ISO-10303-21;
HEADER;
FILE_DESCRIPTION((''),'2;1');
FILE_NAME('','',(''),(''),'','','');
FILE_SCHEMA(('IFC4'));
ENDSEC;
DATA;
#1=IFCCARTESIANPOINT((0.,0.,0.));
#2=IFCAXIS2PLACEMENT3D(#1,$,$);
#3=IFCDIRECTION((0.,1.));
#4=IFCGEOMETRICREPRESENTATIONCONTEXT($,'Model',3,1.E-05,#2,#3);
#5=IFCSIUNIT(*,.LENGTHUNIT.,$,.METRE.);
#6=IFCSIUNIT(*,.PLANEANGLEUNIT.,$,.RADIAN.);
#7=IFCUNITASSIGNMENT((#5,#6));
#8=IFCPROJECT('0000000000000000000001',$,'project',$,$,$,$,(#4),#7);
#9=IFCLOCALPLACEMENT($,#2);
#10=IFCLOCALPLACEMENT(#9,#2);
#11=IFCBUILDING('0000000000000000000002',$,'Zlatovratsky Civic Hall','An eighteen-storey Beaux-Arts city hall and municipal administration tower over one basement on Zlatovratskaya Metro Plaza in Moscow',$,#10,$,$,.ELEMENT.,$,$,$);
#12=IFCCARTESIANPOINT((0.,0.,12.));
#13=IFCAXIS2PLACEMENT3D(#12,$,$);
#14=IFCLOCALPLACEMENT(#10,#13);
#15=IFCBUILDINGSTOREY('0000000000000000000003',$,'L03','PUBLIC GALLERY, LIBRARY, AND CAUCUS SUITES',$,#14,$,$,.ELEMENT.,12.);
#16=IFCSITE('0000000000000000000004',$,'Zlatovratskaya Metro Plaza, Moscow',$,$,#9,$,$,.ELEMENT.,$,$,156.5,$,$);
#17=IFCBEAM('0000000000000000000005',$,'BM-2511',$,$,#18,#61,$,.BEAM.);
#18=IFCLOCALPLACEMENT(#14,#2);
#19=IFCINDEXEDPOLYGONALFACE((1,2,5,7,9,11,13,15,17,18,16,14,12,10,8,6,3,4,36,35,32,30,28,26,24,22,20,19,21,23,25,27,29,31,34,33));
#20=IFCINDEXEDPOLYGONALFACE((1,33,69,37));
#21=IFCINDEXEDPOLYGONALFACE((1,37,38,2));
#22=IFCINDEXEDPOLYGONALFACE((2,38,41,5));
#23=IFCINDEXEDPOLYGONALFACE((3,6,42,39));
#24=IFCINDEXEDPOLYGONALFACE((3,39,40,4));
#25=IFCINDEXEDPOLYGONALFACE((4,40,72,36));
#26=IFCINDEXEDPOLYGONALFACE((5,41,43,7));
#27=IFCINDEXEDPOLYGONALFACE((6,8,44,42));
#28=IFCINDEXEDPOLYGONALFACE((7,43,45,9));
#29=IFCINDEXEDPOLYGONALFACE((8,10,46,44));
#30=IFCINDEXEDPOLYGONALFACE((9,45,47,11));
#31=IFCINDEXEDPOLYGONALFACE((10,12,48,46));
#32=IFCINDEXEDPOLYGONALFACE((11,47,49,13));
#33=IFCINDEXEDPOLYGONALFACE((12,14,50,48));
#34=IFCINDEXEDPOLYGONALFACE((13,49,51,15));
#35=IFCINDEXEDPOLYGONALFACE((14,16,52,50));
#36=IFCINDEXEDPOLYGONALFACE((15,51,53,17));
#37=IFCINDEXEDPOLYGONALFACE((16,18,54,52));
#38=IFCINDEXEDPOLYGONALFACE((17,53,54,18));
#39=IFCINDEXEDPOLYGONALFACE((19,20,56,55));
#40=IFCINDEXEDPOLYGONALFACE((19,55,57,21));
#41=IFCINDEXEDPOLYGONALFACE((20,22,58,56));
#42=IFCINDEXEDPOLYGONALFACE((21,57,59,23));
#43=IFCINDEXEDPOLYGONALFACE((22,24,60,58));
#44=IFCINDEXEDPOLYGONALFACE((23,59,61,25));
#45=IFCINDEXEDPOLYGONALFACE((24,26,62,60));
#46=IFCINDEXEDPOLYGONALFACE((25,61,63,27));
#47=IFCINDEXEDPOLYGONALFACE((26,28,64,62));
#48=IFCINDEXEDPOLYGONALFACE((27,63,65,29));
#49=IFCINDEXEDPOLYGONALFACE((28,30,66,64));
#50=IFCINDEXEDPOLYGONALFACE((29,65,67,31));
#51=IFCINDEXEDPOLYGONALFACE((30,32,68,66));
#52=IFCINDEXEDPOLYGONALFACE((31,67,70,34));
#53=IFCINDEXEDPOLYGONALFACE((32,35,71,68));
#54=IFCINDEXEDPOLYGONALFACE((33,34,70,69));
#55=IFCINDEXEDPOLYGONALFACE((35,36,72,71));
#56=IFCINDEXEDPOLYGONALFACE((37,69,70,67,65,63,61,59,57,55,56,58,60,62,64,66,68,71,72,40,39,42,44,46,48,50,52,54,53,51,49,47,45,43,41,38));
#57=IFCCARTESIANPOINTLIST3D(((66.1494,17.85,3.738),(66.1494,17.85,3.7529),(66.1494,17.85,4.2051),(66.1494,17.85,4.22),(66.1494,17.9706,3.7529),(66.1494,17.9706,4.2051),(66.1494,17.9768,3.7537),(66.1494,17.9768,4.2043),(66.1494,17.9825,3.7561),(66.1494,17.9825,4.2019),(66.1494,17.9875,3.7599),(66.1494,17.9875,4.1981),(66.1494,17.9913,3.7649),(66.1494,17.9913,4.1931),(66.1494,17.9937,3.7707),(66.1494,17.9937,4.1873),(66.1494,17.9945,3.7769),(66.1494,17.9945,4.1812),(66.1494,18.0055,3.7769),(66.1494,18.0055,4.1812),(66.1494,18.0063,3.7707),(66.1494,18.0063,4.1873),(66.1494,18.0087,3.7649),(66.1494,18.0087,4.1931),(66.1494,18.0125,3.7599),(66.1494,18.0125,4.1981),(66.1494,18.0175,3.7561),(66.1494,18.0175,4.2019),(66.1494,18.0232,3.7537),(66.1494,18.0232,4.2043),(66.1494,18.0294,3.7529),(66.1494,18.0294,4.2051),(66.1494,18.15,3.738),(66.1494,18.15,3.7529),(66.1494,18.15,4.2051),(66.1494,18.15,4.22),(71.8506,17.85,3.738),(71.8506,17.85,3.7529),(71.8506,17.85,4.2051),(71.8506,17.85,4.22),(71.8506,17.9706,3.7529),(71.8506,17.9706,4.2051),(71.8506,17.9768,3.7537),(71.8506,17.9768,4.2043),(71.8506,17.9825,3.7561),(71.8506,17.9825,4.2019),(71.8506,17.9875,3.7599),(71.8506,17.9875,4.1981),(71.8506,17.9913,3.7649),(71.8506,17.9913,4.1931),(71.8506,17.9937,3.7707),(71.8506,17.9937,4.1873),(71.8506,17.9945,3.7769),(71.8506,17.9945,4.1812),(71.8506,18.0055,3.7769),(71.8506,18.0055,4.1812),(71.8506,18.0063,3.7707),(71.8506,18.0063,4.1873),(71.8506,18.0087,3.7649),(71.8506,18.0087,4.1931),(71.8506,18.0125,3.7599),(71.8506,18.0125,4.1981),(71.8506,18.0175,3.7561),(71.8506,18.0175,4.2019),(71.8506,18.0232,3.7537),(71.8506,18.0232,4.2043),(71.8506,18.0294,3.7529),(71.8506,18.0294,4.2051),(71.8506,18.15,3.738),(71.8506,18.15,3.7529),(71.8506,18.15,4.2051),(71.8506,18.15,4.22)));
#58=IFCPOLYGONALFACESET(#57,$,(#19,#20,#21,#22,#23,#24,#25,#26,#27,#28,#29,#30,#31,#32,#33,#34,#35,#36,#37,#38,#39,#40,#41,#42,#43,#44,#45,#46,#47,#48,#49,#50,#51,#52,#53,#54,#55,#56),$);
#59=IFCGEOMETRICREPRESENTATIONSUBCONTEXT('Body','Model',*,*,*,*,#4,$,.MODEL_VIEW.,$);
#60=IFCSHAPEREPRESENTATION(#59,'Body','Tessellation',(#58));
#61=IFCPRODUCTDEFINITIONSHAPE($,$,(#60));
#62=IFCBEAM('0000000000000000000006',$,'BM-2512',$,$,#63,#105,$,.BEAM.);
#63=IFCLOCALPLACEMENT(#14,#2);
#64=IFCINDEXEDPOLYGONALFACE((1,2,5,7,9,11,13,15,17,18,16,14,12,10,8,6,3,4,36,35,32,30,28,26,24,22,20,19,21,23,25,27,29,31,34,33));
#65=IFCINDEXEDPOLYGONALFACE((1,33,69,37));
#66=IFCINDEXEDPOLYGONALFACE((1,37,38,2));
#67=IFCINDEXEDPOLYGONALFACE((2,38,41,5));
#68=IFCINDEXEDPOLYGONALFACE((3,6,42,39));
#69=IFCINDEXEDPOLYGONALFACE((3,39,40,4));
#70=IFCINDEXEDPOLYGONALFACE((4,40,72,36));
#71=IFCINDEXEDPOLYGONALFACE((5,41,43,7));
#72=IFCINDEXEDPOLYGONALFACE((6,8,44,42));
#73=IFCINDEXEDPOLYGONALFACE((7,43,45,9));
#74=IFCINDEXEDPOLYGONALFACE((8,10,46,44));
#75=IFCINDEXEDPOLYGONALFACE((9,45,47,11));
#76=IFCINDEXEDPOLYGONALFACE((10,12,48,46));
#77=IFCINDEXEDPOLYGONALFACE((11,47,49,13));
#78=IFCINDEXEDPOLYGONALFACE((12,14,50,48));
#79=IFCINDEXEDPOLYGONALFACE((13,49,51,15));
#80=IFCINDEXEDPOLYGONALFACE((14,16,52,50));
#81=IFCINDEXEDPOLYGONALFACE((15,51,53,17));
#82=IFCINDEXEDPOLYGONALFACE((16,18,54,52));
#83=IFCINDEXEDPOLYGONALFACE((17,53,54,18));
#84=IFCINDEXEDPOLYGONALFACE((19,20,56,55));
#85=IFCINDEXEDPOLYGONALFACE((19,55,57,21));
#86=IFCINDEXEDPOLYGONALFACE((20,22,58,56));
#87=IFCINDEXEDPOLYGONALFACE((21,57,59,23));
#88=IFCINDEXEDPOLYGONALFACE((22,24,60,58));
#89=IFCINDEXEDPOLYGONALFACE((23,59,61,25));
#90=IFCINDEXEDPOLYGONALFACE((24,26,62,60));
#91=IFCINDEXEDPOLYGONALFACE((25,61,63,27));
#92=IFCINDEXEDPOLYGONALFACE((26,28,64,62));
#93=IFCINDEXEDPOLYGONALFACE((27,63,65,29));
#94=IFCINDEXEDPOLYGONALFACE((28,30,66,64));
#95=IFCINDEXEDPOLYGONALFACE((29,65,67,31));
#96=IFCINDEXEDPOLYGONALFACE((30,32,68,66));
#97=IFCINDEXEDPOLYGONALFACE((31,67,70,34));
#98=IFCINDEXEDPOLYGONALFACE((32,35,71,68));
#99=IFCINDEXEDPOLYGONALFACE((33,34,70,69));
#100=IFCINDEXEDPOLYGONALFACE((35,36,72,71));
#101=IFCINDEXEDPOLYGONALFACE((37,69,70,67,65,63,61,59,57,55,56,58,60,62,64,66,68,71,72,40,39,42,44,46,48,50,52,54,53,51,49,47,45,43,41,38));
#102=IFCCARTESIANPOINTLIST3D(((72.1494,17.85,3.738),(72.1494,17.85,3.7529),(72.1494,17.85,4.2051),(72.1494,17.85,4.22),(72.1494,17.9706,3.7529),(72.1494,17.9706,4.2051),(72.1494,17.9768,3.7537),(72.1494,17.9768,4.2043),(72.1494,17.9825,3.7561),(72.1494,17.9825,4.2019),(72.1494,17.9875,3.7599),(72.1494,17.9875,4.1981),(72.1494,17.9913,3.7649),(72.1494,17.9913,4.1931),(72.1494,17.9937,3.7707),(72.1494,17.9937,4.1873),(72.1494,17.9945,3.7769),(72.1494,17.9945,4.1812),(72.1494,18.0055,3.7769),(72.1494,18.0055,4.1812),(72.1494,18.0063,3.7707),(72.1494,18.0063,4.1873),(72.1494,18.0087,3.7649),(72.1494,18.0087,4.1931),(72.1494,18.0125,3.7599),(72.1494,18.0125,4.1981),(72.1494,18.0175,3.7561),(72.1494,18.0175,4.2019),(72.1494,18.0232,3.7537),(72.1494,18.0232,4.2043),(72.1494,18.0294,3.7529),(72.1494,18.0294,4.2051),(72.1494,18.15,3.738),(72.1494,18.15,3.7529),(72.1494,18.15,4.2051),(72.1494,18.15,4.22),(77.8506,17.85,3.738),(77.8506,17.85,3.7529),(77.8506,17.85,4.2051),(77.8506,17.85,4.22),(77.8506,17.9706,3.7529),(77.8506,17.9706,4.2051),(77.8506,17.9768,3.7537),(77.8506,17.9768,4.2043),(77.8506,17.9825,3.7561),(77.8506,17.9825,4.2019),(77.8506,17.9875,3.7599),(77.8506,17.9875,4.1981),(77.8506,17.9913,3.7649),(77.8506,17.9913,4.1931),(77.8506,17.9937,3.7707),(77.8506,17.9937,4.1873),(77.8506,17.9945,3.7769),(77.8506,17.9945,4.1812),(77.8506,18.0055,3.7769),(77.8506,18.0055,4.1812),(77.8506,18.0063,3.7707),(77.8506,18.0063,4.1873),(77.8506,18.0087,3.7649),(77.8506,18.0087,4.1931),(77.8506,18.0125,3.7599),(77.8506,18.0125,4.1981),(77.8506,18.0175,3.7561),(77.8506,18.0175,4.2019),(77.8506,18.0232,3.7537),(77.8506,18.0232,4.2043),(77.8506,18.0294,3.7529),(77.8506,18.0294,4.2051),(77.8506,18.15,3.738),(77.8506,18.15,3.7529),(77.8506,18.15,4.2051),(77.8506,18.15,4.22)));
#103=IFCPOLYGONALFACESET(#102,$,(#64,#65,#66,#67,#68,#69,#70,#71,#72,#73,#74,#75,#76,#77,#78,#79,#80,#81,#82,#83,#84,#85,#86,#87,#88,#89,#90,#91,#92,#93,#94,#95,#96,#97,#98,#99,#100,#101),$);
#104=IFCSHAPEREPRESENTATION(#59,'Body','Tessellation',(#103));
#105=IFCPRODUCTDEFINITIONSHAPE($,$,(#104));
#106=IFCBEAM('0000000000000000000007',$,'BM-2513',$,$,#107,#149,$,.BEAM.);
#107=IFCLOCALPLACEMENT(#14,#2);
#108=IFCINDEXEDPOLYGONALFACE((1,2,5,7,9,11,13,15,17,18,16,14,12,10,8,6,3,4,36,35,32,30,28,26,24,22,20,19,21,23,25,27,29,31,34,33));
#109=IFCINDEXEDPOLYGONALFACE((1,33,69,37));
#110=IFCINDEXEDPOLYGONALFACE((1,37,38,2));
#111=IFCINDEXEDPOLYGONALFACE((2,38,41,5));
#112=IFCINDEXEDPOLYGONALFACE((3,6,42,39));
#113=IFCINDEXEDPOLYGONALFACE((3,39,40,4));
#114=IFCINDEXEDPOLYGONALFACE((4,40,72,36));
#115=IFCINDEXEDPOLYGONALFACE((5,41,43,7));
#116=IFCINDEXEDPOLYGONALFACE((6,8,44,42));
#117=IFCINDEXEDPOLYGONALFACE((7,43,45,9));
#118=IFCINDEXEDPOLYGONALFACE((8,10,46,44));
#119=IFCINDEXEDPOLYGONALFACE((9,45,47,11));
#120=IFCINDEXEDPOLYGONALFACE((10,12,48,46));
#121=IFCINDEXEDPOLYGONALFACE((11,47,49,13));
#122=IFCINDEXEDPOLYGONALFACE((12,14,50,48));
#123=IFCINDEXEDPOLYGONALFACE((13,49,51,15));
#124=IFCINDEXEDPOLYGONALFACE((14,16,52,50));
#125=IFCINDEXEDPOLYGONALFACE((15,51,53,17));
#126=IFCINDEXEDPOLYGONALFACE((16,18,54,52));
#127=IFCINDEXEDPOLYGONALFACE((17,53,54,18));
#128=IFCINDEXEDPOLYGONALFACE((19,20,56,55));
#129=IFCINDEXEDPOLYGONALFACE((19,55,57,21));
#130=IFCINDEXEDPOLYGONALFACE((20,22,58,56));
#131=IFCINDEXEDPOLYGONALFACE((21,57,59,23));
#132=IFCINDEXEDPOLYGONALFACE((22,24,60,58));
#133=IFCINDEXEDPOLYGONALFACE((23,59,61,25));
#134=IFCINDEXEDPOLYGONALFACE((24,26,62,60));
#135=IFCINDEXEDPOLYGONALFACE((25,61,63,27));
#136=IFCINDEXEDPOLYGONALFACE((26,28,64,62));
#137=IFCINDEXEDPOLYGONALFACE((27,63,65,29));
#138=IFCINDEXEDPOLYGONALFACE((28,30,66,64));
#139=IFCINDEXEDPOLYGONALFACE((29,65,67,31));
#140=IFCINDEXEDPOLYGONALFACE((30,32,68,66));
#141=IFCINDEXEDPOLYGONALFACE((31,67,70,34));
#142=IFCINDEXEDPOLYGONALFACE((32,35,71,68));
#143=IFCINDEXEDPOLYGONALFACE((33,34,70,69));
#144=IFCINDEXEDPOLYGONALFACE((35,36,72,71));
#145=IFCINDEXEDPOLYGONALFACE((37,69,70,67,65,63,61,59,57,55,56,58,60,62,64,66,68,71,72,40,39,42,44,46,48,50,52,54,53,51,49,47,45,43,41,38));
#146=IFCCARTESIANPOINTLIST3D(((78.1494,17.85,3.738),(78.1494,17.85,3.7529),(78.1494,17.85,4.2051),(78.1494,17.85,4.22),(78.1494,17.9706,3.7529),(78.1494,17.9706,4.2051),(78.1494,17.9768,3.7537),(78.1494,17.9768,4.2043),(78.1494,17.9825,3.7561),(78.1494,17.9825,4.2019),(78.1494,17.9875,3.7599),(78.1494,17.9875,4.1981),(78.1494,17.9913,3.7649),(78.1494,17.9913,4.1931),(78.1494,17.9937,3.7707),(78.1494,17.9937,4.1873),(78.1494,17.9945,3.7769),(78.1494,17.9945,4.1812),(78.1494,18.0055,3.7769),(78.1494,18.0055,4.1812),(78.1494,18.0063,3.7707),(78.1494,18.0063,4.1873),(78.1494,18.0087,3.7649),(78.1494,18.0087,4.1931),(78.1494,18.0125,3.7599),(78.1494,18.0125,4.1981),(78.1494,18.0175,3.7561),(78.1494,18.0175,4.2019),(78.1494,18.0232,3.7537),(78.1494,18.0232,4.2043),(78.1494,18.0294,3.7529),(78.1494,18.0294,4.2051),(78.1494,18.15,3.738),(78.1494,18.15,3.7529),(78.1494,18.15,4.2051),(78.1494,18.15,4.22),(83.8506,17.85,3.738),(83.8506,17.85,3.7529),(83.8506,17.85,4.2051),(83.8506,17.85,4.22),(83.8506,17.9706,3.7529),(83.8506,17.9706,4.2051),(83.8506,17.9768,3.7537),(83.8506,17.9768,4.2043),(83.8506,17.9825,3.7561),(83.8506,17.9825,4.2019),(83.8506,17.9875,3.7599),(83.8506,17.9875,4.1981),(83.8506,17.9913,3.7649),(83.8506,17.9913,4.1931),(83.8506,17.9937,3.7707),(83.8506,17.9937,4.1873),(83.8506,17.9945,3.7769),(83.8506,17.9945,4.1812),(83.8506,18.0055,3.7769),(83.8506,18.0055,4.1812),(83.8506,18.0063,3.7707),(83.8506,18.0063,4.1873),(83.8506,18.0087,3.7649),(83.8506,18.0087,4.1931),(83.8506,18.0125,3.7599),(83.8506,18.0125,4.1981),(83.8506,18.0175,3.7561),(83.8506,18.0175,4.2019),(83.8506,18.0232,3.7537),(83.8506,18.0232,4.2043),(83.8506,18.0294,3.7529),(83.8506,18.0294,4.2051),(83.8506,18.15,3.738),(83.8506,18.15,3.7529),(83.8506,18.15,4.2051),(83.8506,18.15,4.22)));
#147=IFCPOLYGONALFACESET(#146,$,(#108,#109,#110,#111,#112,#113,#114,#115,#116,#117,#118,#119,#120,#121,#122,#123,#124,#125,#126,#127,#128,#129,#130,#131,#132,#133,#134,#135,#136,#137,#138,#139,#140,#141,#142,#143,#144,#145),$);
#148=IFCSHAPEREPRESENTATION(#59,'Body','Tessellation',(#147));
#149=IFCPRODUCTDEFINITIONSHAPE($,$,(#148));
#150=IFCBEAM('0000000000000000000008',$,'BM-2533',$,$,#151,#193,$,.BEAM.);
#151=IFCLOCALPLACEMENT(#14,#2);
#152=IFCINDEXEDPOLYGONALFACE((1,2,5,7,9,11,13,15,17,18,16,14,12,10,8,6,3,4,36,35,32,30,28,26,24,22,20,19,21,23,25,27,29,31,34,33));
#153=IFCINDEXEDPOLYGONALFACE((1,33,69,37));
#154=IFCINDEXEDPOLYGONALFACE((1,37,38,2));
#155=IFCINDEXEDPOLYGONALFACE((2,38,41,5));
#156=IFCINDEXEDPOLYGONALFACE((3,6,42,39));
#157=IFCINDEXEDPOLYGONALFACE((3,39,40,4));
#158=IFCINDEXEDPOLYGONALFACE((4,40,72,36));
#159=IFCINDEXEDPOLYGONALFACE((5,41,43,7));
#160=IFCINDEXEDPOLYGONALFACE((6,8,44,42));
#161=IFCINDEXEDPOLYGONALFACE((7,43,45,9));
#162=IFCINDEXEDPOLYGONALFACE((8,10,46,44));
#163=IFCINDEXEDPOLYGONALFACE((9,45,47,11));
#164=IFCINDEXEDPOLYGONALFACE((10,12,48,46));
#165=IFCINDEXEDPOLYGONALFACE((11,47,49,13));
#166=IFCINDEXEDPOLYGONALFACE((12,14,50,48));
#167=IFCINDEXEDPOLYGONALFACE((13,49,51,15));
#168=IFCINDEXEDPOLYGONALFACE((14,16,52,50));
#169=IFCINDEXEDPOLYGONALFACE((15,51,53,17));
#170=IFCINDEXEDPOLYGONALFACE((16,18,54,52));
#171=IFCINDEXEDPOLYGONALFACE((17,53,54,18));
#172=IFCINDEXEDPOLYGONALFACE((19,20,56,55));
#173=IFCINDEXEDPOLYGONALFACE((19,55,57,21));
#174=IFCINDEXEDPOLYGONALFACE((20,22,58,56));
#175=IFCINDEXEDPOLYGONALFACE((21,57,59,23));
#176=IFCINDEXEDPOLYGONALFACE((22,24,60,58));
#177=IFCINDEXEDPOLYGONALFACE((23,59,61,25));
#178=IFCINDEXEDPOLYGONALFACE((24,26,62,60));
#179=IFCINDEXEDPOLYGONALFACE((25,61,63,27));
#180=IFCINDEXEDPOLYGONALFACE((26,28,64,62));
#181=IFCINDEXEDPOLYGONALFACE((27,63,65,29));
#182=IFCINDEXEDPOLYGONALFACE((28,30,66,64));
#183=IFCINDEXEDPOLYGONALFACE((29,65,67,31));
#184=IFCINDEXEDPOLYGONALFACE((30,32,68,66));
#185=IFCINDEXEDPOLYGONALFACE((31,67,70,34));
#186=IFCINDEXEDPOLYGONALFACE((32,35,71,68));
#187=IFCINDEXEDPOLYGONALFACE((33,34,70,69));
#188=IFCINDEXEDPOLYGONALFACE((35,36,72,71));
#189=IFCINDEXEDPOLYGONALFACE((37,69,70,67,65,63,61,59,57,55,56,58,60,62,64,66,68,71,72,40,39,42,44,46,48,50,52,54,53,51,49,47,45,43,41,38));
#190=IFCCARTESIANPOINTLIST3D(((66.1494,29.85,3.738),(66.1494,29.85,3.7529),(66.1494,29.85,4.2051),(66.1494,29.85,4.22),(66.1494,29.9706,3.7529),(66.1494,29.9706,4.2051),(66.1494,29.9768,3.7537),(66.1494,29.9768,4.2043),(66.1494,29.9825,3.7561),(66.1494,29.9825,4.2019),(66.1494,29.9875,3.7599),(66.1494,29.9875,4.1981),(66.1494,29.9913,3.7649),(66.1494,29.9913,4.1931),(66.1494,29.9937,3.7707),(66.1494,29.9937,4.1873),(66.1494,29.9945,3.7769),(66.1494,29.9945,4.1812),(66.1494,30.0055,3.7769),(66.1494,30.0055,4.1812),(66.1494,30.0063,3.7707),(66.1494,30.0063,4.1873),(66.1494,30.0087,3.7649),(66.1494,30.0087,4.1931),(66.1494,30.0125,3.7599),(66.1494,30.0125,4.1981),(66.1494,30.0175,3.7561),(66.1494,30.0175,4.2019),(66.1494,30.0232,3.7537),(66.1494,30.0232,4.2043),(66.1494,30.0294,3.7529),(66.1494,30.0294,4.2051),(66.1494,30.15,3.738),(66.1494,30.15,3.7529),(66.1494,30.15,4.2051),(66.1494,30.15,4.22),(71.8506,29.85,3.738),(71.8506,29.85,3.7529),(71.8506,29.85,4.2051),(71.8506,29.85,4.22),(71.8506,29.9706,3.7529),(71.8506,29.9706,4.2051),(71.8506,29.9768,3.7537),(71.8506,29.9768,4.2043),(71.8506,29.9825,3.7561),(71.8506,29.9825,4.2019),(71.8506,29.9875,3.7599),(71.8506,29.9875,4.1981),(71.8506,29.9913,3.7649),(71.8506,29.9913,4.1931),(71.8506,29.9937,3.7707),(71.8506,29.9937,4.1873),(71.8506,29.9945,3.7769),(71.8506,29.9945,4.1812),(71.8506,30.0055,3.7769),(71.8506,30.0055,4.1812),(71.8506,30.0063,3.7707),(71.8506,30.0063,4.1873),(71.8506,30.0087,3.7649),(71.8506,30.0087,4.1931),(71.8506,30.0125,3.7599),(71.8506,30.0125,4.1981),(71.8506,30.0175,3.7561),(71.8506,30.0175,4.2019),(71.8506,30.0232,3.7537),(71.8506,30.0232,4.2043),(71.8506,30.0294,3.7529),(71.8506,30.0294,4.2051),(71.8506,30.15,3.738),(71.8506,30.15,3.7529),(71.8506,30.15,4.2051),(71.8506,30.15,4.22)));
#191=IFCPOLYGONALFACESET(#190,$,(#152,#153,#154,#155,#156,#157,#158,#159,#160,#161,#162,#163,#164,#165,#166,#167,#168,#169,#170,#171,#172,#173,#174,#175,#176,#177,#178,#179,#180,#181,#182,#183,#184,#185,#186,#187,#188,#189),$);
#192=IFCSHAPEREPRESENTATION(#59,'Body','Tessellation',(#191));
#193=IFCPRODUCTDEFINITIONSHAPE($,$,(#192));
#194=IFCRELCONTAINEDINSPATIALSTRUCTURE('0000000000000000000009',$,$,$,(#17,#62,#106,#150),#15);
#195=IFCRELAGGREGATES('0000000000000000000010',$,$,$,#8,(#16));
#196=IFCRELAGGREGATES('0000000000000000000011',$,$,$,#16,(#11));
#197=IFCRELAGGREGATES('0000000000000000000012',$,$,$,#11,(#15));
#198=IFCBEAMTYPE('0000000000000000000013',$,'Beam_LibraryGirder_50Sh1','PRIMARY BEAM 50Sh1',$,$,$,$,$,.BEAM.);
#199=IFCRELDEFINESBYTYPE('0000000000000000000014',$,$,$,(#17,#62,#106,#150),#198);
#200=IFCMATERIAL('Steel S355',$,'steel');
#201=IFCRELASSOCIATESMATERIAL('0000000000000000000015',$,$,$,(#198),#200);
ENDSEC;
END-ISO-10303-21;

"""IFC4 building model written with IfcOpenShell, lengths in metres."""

from ifc_helpers import new_model, si_unit, direction, frame, origin, origin_2d, place, context, subcontext, project, spatial, i_section, extrude, material, material_profile, profile_set, type_object, element, save


model = new_model("IFC4")

# Units and contexts
model_context = context("Model", 3, precision=1e-05, world=origin(), true_north=direction((0.0, 1.0)))
body_context = subcontext(model_context, "Body", "Model", "MODEL_VIEW")
ifc_project = project(units=[si_unit("LENGTHUNIT", "METRE"), si_unit("PLANEANGLEUNIT", "RADIAN")], contexts=[model_context])

# Site, building, storey
site_placement = place(None, origin())
site = spatial("IfcSite", under=ifc_project, at=site_placement, Name="Zlatovratskaya Metro Plaza, Moscow", CompositionType="ELEMENT", RefElevation=156.5)
building_placement = place(site_placement, origin())
building = spatial("IfcBuilding", under=site, at=building_placement, Name="Zlatovratsky Civic Hall", Description="An eighteen-storey Beaux-Arts city hall and municipal administration tower over one basement on Zlatovratskaya Metro Plaza in Moscow", CompositionType="ELEMENT")
storey_placement = place(building_placement, frame((0.0, 0.0, 12.0)))
storey = spatial("IfcBuildingStorey", under=building, at=storey_placement, Name="L03", Description="PUBLIC GALLERY, LIBRARY, AND CAUCUS SUITES", CompositionType="ELEMENT", Elevation=12.0)

# Shared definitions
ifc_material_1 = material(Name="Steel S355", Category="steel")

# Beams
ifc_material_profile_1 = material_profile(ifc_material_1, i_section(OverallWidth=0.3, OverallDepth=0.4819, WebThickness=0.011, FlangeThickness=0.0149, FilletRadius=0.0239, at=origin_2d()), Name="50Sh1")
ifc_profile_set_1 = profile_set([ifc_material_profile_1], Name="Steel S355")
beam_type_1 = type_object("IfcBeamType", Name="Beam_LibraryGirder_50Sh1", Description="PRIMARY BEAM 50Sh1", PredefinedType="BEAM", material=ifc_profile_set_1)
for number, where, z_axis, x_axis, name in (
    (1, (66.1494, 18.0, 3.979), (1.0, 0.0, 0.0), (0.0, 1.0, 0.0), "BM-2511"),
    (2, (72.1494, 18.0, 3.979), (1.0, 0.0, 0.0), (0.0, 1.0, 0.0), "BM-2512"),
    (3, (78.1494, 18.0, 3.979), (1.0, 0.0, 0.0), (0.0, 1.0, 0.0), "BM-2513"),
    (4, (66.1494, 30.0, 3.979), (1.0, 0.0, 0.0), (0.0, 1.0, 0.0), "BM-2533"),
):
    element("IfcBeam", number, at=place(storey_placement, frame(where, z_axis=z_axis, x_axis=x_axis)), inside=storey, type_object=beam_type_1, Name=name, PredefinedType="BEAM", context=body_context, shape_type="SweptSolid", body=[
        extrude(i_section(OverallWidth=0.3, OverallDepth=0.4819, WebThickness=0.011, FlangeThickness=0.0149, FilletRadius=0.0239, at=origin_2d()), origin(), (0.0, 0.0, 1.0), 5.7012),
    ])

save(model, "model.ifc")
